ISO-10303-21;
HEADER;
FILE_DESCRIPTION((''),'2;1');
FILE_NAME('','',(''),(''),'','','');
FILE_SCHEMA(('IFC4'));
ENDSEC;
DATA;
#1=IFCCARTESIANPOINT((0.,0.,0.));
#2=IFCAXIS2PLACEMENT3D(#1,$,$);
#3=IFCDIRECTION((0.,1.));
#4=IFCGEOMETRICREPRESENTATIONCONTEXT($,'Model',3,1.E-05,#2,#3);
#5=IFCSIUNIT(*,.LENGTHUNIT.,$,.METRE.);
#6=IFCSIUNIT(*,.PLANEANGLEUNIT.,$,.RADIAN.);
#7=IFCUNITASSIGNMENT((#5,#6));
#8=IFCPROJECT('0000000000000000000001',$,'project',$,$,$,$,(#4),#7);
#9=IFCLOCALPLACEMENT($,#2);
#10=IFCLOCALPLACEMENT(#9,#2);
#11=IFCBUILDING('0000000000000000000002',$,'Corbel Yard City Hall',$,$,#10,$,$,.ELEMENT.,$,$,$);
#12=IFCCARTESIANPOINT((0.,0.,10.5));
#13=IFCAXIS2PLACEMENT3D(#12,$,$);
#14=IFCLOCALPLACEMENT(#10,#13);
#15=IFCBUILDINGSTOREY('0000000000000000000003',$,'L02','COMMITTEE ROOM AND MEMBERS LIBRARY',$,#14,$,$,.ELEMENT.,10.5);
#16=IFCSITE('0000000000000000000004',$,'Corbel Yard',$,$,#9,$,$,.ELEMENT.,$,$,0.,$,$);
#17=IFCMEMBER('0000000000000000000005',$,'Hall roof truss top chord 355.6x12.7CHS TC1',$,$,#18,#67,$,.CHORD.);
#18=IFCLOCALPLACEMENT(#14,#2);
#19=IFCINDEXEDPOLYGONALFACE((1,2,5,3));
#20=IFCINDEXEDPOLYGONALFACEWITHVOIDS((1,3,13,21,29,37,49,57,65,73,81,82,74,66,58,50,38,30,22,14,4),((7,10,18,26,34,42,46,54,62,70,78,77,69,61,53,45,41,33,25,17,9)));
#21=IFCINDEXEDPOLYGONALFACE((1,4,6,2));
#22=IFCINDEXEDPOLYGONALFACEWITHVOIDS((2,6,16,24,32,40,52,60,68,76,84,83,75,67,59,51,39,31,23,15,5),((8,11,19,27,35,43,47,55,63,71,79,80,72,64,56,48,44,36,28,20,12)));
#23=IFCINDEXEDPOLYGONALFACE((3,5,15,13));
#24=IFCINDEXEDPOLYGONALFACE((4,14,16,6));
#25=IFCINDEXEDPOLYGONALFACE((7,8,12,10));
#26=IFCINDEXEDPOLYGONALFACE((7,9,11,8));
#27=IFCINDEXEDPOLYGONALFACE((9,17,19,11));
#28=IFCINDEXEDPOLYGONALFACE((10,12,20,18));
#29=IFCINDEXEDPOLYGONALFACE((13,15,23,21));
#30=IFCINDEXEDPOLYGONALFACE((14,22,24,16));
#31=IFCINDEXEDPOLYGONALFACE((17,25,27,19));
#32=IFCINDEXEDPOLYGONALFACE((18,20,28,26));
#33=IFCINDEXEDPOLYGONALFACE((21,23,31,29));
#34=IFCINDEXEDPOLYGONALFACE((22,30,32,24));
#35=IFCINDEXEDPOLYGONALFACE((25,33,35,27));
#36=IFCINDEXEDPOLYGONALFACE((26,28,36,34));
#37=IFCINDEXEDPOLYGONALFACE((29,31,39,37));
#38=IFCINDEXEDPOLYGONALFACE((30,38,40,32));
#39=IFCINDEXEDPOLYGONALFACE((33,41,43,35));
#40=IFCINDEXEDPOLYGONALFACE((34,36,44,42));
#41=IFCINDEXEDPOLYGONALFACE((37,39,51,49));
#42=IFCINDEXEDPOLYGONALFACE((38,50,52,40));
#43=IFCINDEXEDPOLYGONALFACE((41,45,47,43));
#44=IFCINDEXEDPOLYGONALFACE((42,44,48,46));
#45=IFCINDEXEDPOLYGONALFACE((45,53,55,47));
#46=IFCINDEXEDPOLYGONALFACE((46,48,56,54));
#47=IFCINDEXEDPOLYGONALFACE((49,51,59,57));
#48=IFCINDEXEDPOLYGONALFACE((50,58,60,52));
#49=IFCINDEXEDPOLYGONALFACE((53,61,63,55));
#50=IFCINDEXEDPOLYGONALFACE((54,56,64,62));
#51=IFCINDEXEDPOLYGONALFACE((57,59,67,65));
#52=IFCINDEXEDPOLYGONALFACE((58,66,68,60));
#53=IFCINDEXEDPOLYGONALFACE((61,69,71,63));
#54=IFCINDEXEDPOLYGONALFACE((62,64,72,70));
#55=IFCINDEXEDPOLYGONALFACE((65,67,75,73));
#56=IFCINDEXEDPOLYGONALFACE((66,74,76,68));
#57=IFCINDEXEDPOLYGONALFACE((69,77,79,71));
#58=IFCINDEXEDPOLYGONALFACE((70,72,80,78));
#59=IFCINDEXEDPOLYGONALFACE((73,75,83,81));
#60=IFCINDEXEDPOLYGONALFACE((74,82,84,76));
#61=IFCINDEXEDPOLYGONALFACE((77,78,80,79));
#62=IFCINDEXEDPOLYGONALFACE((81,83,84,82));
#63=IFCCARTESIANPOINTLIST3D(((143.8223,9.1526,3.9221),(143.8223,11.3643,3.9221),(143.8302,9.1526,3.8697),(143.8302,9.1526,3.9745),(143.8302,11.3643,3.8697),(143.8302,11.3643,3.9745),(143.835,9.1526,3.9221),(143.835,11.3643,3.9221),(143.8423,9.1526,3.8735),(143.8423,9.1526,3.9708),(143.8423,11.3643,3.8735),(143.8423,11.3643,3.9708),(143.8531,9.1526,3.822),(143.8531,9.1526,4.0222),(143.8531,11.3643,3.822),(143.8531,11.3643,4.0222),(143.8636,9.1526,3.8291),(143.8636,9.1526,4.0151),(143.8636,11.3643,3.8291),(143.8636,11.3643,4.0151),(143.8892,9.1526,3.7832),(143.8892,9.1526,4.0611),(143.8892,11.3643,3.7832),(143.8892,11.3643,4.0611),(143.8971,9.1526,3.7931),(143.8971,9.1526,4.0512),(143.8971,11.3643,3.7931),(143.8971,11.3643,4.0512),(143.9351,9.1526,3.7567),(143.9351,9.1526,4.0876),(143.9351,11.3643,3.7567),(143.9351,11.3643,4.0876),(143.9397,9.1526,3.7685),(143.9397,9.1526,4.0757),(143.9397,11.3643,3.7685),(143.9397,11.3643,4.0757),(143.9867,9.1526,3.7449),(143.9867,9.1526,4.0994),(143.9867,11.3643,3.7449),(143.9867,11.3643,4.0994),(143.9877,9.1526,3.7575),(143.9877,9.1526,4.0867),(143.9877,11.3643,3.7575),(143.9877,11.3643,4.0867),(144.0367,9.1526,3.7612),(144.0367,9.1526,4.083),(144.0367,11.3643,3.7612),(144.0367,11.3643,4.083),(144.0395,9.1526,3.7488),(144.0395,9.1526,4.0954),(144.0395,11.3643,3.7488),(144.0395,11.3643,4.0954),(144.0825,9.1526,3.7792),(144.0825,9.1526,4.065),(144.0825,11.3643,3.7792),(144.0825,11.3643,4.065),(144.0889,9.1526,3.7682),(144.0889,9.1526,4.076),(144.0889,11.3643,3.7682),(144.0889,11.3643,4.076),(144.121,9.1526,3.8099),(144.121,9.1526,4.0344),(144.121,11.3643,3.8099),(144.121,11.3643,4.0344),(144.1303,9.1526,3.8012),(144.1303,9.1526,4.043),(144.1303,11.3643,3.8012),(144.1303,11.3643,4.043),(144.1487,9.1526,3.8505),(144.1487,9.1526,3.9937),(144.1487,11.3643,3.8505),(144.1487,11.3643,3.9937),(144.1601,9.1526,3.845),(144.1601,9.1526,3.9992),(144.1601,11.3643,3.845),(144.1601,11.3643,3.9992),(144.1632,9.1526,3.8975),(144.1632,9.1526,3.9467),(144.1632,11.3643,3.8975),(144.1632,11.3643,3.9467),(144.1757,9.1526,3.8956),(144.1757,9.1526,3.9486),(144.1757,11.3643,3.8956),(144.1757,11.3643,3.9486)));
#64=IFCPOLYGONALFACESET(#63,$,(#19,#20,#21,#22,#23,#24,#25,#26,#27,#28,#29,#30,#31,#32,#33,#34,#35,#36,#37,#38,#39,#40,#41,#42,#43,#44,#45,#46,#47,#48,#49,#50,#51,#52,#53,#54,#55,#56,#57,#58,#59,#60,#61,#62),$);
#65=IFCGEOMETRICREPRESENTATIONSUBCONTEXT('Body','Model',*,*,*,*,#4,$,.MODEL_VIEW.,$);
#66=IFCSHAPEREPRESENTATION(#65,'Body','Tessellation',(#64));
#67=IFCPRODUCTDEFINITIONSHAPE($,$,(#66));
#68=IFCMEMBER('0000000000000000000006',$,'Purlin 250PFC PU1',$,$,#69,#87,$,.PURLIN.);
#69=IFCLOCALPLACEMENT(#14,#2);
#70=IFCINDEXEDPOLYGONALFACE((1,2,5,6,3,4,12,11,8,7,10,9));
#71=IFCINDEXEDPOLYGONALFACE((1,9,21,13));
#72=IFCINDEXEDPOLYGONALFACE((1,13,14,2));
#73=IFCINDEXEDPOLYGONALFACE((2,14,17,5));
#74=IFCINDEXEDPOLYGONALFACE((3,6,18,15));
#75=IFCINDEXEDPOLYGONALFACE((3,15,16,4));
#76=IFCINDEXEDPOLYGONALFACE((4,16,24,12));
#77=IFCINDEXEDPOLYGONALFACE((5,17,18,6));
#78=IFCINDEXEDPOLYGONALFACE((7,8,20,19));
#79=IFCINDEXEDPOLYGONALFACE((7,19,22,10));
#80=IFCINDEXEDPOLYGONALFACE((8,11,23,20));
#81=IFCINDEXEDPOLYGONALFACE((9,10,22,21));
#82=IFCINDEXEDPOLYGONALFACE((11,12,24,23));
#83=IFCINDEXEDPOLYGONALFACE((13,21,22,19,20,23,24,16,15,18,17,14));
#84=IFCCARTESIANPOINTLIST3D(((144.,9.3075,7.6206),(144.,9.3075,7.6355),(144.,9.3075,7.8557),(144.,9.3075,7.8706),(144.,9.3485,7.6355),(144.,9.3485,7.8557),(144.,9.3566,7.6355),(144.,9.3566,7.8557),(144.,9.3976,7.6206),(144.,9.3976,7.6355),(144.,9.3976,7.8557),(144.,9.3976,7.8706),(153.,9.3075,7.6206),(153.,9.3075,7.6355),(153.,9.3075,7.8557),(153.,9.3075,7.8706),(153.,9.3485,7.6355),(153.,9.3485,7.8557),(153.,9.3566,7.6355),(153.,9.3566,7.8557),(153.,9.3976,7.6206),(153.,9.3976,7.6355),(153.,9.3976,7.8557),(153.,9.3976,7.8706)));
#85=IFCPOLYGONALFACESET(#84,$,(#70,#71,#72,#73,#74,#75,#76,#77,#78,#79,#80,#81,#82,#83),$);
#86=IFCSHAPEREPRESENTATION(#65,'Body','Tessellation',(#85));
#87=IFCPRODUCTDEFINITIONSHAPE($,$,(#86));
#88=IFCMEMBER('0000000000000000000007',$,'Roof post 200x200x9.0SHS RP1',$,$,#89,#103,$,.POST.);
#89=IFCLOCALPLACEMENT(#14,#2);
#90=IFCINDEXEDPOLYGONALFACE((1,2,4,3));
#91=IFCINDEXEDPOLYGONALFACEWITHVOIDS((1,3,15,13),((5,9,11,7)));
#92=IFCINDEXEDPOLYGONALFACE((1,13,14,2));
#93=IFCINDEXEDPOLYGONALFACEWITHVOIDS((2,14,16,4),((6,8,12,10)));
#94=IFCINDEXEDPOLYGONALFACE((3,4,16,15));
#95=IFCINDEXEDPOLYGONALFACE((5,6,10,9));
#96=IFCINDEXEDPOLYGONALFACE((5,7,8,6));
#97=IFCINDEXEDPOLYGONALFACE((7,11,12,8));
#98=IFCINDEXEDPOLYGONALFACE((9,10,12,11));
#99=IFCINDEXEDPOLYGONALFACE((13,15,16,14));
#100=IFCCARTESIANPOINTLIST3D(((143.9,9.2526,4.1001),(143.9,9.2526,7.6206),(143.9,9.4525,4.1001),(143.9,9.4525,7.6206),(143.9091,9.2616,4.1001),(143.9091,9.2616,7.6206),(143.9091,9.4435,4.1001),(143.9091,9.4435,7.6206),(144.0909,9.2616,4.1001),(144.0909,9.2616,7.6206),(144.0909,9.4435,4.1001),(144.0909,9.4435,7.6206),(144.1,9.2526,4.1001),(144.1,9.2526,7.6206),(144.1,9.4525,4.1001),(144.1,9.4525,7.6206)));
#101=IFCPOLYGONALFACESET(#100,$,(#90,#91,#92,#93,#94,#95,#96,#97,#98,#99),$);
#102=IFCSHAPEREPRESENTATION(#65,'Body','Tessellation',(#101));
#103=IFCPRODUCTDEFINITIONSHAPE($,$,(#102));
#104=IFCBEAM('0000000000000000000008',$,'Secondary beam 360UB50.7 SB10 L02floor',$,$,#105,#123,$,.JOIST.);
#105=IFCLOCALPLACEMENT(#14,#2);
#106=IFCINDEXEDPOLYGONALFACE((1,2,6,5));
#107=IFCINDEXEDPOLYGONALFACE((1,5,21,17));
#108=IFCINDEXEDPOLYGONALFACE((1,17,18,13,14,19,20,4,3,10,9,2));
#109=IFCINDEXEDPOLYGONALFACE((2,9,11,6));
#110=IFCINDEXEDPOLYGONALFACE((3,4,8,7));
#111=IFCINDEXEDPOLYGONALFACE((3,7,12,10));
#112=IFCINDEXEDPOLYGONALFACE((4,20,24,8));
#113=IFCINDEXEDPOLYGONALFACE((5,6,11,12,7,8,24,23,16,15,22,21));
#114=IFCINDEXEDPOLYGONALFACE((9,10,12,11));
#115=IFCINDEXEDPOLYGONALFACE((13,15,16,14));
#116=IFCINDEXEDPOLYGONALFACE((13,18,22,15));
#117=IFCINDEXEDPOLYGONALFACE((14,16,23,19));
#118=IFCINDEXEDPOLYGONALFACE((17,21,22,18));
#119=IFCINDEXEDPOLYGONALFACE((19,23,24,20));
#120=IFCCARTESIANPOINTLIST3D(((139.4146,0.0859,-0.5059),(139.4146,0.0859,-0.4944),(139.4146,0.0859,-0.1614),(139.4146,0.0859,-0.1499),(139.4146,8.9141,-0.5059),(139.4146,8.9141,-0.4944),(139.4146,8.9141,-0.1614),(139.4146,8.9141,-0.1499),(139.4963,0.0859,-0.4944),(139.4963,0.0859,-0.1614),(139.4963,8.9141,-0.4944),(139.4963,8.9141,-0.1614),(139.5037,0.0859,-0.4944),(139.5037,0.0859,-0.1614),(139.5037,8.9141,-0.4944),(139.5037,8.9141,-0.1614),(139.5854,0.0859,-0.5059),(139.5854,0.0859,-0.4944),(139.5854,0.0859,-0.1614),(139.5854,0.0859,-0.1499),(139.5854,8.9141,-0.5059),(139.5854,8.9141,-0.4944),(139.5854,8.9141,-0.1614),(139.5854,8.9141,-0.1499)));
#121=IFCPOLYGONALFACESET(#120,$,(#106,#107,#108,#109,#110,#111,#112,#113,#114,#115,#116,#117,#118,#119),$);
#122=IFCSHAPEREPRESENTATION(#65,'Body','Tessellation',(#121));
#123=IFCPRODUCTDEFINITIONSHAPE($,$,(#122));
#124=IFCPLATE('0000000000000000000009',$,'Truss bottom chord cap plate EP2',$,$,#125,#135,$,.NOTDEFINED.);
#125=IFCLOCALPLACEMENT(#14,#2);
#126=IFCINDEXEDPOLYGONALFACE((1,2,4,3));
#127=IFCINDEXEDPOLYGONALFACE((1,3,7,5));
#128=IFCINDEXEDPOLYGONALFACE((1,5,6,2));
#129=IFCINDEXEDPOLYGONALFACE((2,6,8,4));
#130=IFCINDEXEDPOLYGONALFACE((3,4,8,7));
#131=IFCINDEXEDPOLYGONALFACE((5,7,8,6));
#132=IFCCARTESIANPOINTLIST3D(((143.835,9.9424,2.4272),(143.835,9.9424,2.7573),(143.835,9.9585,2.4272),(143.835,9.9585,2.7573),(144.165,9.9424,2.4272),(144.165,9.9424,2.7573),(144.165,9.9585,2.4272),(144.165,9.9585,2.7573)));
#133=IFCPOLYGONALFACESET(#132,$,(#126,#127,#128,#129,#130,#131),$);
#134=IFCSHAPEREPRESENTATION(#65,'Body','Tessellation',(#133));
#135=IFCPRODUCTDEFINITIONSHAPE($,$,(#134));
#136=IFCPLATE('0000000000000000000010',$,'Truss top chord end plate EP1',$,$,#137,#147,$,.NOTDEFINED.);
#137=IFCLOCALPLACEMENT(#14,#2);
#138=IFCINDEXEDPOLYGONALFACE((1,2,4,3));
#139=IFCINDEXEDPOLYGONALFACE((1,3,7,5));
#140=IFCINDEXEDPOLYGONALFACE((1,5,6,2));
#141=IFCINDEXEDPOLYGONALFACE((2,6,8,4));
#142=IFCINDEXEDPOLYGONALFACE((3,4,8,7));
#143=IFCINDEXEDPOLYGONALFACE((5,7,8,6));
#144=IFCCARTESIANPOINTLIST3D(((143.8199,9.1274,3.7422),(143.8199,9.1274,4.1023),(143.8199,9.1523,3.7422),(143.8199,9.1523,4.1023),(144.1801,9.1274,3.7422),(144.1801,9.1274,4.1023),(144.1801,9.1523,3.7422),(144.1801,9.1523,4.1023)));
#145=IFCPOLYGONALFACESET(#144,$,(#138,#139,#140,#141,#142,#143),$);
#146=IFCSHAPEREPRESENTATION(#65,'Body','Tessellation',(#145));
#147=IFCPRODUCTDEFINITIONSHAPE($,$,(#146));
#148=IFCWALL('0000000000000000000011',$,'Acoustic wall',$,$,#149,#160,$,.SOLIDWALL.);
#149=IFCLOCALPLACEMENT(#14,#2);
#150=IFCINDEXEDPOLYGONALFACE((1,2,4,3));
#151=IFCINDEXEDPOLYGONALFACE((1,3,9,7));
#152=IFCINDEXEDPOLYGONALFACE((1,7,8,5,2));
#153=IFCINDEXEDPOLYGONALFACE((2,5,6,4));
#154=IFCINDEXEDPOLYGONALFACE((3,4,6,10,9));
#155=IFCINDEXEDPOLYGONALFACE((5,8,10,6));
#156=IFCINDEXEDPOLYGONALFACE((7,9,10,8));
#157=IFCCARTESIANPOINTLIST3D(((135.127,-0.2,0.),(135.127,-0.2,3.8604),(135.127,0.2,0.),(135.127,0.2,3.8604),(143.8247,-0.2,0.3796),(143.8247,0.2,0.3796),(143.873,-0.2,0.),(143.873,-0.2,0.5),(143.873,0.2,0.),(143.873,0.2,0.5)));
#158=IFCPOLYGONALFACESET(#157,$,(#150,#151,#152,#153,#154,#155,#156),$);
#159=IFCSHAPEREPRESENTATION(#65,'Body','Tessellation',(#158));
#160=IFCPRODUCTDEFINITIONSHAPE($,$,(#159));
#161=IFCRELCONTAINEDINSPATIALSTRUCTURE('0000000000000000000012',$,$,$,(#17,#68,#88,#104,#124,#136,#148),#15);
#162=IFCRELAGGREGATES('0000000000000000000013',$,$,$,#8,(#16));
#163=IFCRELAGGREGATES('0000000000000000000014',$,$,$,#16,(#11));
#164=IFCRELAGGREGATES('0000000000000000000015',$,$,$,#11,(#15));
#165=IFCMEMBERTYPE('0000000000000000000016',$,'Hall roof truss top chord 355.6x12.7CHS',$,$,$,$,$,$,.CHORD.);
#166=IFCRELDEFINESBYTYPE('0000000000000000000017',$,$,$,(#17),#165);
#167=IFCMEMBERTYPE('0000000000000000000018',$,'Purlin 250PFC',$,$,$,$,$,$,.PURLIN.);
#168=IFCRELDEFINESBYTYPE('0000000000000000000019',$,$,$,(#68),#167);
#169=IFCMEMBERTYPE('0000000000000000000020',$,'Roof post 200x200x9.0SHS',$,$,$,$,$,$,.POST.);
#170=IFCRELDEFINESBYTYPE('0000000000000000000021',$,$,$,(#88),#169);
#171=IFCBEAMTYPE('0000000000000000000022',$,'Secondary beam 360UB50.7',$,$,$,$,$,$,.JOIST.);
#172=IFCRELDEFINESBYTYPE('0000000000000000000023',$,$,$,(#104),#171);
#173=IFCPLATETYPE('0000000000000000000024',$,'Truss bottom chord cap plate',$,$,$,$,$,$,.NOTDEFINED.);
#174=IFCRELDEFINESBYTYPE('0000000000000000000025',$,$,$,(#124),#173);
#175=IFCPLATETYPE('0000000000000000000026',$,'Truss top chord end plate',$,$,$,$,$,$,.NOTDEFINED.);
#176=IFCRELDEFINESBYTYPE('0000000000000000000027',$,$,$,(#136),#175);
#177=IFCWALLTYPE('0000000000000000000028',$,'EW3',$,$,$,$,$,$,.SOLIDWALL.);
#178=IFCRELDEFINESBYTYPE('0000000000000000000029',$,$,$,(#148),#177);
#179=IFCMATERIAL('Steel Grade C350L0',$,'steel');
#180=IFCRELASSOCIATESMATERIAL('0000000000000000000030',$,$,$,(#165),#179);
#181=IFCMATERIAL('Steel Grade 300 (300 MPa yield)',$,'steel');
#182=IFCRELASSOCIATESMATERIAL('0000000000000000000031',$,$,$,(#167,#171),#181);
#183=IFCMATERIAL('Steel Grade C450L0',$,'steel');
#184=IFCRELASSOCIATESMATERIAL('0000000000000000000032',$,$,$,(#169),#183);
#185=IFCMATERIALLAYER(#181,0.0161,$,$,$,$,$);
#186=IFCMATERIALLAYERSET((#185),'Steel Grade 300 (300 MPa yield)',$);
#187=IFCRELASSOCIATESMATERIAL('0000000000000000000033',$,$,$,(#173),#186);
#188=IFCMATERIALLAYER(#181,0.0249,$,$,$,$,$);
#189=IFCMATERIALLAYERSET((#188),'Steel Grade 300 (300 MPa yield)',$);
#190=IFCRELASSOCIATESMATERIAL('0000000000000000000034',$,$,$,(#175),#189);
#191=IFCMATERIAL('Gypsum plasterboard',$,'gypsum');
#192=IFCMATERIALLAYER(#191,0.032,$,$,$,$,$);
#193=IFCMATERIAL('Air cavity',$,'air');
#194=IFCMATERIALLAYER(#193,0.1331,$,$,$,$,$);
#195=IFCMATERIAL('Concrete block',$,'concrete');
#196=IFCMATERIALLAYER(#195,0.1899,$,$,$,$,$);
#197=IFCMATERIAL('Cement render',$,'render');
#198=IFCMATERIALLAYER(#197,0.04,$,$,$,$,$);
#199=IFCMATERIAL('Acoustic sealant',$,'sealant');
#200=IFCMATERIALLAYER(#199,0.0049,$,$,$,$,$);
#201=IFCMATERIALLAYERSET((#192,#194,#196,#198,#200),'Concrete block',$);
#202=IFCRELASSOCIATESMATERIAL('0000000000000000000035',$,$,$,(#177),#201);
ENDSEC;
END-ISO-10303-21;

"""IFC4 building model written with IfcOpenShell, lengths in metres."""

from ifc_helpers import new_model, si_unit, direction, frame, origin, origin_2d, place, context, subcontext, project, spatial, polyline, rectangle, hollow_rectangle, hollow_circle, i_section, outline, extrude, material, layer, layer_set, material_profile, profile_set, type_object, element, save


model = new_model("IFC4")

# Units and contexts
model_context = context("Model", 3, precision=1e-05, world=origin(), true_north=direction((0.0, 1.0)))
body_context = subcontext(model_context, "Body", "Model", "MODEL_VIEW")
ifc_project = project(units=[si_unit("LENGTHUNIT", "METRE"), si_unit("PLANEANGLEUNIT", "RADIAN")], contexts=[model_context])

# Site, building, storey
site_placement = place(None, origin())
site = spatial("IfcSite", under=ifc_project, at=site_placement, Name="Corbel Yard", CompositionType="ELEMENT", RefElevation=0.0)
building_placement = place(site_placement, origin())
building = spatial("IfcBuilding", under=site, at=building_placement, Name="Corbel Yard City Hall", CompositionType="ELEMENT")
storey_placement = place(building_placement, frame((0.0, 0.0, 10.5)))
storey = spatial("IfcBuildingStorey", under=building, at=storey_placement, Name="L02", Description="COMMITTEE ROOM AND MEMBERS LIBRARY", CompositionType="ELEMENT", Elevation=10.5)

# Shared definitions
ifc_material_1 = material(Name="Steel Grade 300 (300 MPa yield)", Category="steel")

# Shared definitions
ifc_material_2 = material(Name="Steel Grade C350L0", Category="steel")

# Members
ifc_material_profile_1 = material_profile(ifc_material_2, hollow_circle(Radius=0.1777, WallThickness=0.0127, at=origin_2d()), Name="355.6x12.7CHS")
ifc_profile_set_1 = profile_set([ifc_material_profile_1], Name="Steel Grade C350L0")
member_type_1 = type_object("IfcMemberType", Name="Hall roof truss top chord 355.6x12.7CHS", PredefinedType="CHORD", material=ifc_profile_set_1)
member_1_placement = place(storey_placement, frame((144.0, 9.1526, 3.9221), z_axis=(0.0, 1.0, 0.0), x_axis=(-1.0, 0.0, 0.0)))
element("IfcMember", 1, at=member_1_placement, inside=storey, type_object=member_type_1, Name="Hall roof truss top chord 355.6x12.7CHS TC1", PredefinedType="CHORD", context=body_context, shape_type="SweptSolid", body=[
    extrude(hollow_circle(Radius=0.1777, WallThickness=0.0127, at=origin_2d()), origin(), (0.0, 0.0, 1.0), 2.2117),
])
ifc_material_profile_2 = material_profile(ifc_material_1, i_section(OverallWidth=0.0901, OverallDepth=0.25, WebThickness=0.0081, FlangeThickness=0.0149, at=origin_2d()), Name="250PFC")
ifc_profile_set_2 = profile_set([ifc_material_profile_2], Name="Steel Grade 300 (300 MPa yield)")
member_type_2 = type_object("IfcMemberType", Name="Purlin 250PFC", PredefinedType="PURLIN", material=ifc_profile_set_2)
member_2_placement = place(storey_placement, frame((144.0, 9.3525, 7.7456), z_axis=(1.0, 0.0, 0.0), x_axis=(0.0, 1.0, 0.0)))
element("IfcMember", 2, at=member_2_placement, inside=storey, type_object=member_type_2, Name="Purlin 250PFC PU1", PredefinedType="PURLIN", context=body_context, shape_type="SweptSolid", body=[
    extrude(i_section(OverallWidth=0.0901, OverallDepth=0.25, WebThickness=0.0081, FlangeThickness=0.0149, at=origin_2d()), origin(), (0.0, 0.0, 1.0), 9.0),
])
ifc_material_3 = material(Name="Steel Grade C450L0", Category="steel")
ifc_material_profile_3 = material_profile(ifc_material_3, hollow_rectangle(XDim=0.2, YDim=0.2, WallThickness=0.009, at=origin_2d()), Name="200x200x9.0SHS")
ifc_profile_set_3 = profile_set([ifc_material_profile_3], Name="Steel Grade C450L0")
member_type_3 = type_object("IfcMemberType", Name="Roof post 200x200x9.0SHS", PredefinedType="POST", material=ifc_profile_set_3)
member_3_placement = place(storey_placement, frame((144.0, 9.3525, 4.1001), z_axis=(0.0, 0.0, 1.0), x_axis=(1.0, 0.0, 0.0)))
element("IfcMember", 3, at=member_3_placement, inside=storey, type_object=member_type_3, Name="Roof post 200x200x9.0SHS RP1", PredefinedType="POST", context=body_context, shape_type="SweptSolid", body=[
    extrude(hollow_rectangle(XDim=0.2, YDim=0.2, WallThickness=0.009, at=origin_2d()), origin(), (0.0, 0.0, 1.0), 3.5205),
])

# Beam
ifc_material_profile_4 = material_profile(ifc_material_1, i_section(OverallWidth=0.1709, OverallDepth=0.356, WebThickness=0.0073, FlangeThickness=0.0115, at=origin_2d()), Name="360UB50.7")
ifc_profile_set_4 = profile_set([ifc_material_profile_4], Name="Steel Grade 300 (300 MPa yield)")
beam_type_1 = type_object("IfcBeamType", Name="Secondary beam 360UB50.7", PredefinedType="JOIST", material=ifc_profile_set_4)
beam_1_placement = place(storey_placement, frame((139.5, 0.0859, -0.3279), z_axis=(0.0, 1.0, 0.0), x_axis=(-1.0, 0.0, 0.0)))
element("IfcBeam", 4, at=beam_1_placement, inside=storey, type_object=beam_type_1, Name="Secondary beam 360UB50.7 SB10 L02floor", PredefinedType="JOIST", context=body_context, shape_type="SweptSolid", body=[
    extrude(i_section(OverallWidth=0.1709, OverallDepth=0.356, WebThickness=0.0073, FlangeThickness=0.0115, at=origin_2d()), origin(), (0.0, 0.0, 1.0), 8.8281),
])

# Plates
ifc_layer_1 = layer(ifc_material_1, 0.0161)
ifc_layer_set_1 = layer_set([ifc_layer_1], Name="Steel Grade 300 (300 MPa yield)")
plate_type_1 = type_object("IfcPlateType", Name="Truss bottom chord cap plate", PredefinedType="NOTDEFINED", material=ifc_layer_set_1)
plate_1_placement = place(storey_placement, frame((144.0, 9.9504, 2.4272), z_axis=(0.0, 0.0, 1.0), x_axis=(1.0, 0.0, 0.0)))
element("IfcPlate", 5, at=plate_1_placement, inside=storey, type_object=plate_type_1, Name="Truss bottom chord cap plate EP2", PredefinedType="NOTDEFINED", context=body_context, shape_type="SweptSolid", body=[
    extrude(rectangle(XDim=0.3301, YDim=0.0161, at=origin_2d()), origin(), (0.0, 0.0, 1.0), 0.3301),
])
ifc_layer_2 = layer(ifc_material_1, 0.0249)
ifc_layer_set_2 = layer_set([ifc_layer_2], Name="Steel Grade 300 (300 MPa yield)")
plate_type_2 = type_object("IfcPlateType", Name="Truss top chord end plate", PredefinedType="NOTDEFINED", material=ifc_layer_set_2)
plate_2_placement = place(storey_placement, frame((144.0, 9.1399, 3.7422), z_axis=(0.0, 0.0, 1.0), x_axis=(1.0, 0.0, 0.0)))
element("IfcPlate", 6, at=plate_2_placement, inside=storey, type_object=plate_type_2, Name="Truss top chord end plate EP1", PredefinedType="NOTDEFINED", context=body_context, shape_type="SweptSolid", body=[
    extrude(rectangle(XDim=0.3601, YDim=0.0249, at=origin_2d()), origin(), (0.0, 0.0, 1.0), 0.3601),
])

# Wall
ifc_material_4 = material(Name="Gypsum plasterboard", Category="gypsum")
ifc_layer_3 = layer(ifc_material_4, 0.032)
ifc_material_5 = material(Name="Air cavity", Category="air")
ifc_layer_4 = layer(ifc_material_5, 0.1331)
ifc_material_6 = material(Name="Concrete block", Category="concrete")
ifc_layer_5 = layer(ifc_material_6, 0.1899)
ifc_material_7 = material(Name="Cement render", Category="render")
ifc_layer_6 = layer(ifc_material_7, 0.04)
ifc_material_8 = material(Name="Acoustic sealant", Category="sealant")
ifc_layer_7 = layer(ifc_material_8, 0.0049)
ifc_layer_set_3 = layer_set([ifc_layer_3, ifc_layer_4, ifc_layer_5, ifc_layer_6, ifc_layer_7], Name="Concrete block")
wall_type_1 = type_object("IfcWallType", Name="EW3", PredefinedType="SOLIDWALL", material=ifc_layer_set_3)
wall_1_placement = place(storey_placement, frame((135.127, 0.0, 0.0), z_axis=(0.0, 0.0, 1.0), x_axis=(1.0, 0.0, 0.0)))
element("IfcWall", 7, at=wall_1_placement, inside=storey, type_object=wall_type_1, Name="Acoustic wall", PredefinedType="SOLIDWALL", context=body_context, shape_type="SweptSolid", body=[
    extrude(outline(polyline([(8.7461, 0.0), (0.0, 0.0), (0.0, 3.8604), (8.6978, 0.3796), (8.7461, 0.5), (8.7461, 0.0)])), frame((0.0, 0.2, 0.0), z_axis=(0.0, -1.0, 0.0), x_axis=(1.0, 0.0, 0.0)), (0.0, 0.0, 1.0), 0.3999),
])

save(model, "model.ifc")
